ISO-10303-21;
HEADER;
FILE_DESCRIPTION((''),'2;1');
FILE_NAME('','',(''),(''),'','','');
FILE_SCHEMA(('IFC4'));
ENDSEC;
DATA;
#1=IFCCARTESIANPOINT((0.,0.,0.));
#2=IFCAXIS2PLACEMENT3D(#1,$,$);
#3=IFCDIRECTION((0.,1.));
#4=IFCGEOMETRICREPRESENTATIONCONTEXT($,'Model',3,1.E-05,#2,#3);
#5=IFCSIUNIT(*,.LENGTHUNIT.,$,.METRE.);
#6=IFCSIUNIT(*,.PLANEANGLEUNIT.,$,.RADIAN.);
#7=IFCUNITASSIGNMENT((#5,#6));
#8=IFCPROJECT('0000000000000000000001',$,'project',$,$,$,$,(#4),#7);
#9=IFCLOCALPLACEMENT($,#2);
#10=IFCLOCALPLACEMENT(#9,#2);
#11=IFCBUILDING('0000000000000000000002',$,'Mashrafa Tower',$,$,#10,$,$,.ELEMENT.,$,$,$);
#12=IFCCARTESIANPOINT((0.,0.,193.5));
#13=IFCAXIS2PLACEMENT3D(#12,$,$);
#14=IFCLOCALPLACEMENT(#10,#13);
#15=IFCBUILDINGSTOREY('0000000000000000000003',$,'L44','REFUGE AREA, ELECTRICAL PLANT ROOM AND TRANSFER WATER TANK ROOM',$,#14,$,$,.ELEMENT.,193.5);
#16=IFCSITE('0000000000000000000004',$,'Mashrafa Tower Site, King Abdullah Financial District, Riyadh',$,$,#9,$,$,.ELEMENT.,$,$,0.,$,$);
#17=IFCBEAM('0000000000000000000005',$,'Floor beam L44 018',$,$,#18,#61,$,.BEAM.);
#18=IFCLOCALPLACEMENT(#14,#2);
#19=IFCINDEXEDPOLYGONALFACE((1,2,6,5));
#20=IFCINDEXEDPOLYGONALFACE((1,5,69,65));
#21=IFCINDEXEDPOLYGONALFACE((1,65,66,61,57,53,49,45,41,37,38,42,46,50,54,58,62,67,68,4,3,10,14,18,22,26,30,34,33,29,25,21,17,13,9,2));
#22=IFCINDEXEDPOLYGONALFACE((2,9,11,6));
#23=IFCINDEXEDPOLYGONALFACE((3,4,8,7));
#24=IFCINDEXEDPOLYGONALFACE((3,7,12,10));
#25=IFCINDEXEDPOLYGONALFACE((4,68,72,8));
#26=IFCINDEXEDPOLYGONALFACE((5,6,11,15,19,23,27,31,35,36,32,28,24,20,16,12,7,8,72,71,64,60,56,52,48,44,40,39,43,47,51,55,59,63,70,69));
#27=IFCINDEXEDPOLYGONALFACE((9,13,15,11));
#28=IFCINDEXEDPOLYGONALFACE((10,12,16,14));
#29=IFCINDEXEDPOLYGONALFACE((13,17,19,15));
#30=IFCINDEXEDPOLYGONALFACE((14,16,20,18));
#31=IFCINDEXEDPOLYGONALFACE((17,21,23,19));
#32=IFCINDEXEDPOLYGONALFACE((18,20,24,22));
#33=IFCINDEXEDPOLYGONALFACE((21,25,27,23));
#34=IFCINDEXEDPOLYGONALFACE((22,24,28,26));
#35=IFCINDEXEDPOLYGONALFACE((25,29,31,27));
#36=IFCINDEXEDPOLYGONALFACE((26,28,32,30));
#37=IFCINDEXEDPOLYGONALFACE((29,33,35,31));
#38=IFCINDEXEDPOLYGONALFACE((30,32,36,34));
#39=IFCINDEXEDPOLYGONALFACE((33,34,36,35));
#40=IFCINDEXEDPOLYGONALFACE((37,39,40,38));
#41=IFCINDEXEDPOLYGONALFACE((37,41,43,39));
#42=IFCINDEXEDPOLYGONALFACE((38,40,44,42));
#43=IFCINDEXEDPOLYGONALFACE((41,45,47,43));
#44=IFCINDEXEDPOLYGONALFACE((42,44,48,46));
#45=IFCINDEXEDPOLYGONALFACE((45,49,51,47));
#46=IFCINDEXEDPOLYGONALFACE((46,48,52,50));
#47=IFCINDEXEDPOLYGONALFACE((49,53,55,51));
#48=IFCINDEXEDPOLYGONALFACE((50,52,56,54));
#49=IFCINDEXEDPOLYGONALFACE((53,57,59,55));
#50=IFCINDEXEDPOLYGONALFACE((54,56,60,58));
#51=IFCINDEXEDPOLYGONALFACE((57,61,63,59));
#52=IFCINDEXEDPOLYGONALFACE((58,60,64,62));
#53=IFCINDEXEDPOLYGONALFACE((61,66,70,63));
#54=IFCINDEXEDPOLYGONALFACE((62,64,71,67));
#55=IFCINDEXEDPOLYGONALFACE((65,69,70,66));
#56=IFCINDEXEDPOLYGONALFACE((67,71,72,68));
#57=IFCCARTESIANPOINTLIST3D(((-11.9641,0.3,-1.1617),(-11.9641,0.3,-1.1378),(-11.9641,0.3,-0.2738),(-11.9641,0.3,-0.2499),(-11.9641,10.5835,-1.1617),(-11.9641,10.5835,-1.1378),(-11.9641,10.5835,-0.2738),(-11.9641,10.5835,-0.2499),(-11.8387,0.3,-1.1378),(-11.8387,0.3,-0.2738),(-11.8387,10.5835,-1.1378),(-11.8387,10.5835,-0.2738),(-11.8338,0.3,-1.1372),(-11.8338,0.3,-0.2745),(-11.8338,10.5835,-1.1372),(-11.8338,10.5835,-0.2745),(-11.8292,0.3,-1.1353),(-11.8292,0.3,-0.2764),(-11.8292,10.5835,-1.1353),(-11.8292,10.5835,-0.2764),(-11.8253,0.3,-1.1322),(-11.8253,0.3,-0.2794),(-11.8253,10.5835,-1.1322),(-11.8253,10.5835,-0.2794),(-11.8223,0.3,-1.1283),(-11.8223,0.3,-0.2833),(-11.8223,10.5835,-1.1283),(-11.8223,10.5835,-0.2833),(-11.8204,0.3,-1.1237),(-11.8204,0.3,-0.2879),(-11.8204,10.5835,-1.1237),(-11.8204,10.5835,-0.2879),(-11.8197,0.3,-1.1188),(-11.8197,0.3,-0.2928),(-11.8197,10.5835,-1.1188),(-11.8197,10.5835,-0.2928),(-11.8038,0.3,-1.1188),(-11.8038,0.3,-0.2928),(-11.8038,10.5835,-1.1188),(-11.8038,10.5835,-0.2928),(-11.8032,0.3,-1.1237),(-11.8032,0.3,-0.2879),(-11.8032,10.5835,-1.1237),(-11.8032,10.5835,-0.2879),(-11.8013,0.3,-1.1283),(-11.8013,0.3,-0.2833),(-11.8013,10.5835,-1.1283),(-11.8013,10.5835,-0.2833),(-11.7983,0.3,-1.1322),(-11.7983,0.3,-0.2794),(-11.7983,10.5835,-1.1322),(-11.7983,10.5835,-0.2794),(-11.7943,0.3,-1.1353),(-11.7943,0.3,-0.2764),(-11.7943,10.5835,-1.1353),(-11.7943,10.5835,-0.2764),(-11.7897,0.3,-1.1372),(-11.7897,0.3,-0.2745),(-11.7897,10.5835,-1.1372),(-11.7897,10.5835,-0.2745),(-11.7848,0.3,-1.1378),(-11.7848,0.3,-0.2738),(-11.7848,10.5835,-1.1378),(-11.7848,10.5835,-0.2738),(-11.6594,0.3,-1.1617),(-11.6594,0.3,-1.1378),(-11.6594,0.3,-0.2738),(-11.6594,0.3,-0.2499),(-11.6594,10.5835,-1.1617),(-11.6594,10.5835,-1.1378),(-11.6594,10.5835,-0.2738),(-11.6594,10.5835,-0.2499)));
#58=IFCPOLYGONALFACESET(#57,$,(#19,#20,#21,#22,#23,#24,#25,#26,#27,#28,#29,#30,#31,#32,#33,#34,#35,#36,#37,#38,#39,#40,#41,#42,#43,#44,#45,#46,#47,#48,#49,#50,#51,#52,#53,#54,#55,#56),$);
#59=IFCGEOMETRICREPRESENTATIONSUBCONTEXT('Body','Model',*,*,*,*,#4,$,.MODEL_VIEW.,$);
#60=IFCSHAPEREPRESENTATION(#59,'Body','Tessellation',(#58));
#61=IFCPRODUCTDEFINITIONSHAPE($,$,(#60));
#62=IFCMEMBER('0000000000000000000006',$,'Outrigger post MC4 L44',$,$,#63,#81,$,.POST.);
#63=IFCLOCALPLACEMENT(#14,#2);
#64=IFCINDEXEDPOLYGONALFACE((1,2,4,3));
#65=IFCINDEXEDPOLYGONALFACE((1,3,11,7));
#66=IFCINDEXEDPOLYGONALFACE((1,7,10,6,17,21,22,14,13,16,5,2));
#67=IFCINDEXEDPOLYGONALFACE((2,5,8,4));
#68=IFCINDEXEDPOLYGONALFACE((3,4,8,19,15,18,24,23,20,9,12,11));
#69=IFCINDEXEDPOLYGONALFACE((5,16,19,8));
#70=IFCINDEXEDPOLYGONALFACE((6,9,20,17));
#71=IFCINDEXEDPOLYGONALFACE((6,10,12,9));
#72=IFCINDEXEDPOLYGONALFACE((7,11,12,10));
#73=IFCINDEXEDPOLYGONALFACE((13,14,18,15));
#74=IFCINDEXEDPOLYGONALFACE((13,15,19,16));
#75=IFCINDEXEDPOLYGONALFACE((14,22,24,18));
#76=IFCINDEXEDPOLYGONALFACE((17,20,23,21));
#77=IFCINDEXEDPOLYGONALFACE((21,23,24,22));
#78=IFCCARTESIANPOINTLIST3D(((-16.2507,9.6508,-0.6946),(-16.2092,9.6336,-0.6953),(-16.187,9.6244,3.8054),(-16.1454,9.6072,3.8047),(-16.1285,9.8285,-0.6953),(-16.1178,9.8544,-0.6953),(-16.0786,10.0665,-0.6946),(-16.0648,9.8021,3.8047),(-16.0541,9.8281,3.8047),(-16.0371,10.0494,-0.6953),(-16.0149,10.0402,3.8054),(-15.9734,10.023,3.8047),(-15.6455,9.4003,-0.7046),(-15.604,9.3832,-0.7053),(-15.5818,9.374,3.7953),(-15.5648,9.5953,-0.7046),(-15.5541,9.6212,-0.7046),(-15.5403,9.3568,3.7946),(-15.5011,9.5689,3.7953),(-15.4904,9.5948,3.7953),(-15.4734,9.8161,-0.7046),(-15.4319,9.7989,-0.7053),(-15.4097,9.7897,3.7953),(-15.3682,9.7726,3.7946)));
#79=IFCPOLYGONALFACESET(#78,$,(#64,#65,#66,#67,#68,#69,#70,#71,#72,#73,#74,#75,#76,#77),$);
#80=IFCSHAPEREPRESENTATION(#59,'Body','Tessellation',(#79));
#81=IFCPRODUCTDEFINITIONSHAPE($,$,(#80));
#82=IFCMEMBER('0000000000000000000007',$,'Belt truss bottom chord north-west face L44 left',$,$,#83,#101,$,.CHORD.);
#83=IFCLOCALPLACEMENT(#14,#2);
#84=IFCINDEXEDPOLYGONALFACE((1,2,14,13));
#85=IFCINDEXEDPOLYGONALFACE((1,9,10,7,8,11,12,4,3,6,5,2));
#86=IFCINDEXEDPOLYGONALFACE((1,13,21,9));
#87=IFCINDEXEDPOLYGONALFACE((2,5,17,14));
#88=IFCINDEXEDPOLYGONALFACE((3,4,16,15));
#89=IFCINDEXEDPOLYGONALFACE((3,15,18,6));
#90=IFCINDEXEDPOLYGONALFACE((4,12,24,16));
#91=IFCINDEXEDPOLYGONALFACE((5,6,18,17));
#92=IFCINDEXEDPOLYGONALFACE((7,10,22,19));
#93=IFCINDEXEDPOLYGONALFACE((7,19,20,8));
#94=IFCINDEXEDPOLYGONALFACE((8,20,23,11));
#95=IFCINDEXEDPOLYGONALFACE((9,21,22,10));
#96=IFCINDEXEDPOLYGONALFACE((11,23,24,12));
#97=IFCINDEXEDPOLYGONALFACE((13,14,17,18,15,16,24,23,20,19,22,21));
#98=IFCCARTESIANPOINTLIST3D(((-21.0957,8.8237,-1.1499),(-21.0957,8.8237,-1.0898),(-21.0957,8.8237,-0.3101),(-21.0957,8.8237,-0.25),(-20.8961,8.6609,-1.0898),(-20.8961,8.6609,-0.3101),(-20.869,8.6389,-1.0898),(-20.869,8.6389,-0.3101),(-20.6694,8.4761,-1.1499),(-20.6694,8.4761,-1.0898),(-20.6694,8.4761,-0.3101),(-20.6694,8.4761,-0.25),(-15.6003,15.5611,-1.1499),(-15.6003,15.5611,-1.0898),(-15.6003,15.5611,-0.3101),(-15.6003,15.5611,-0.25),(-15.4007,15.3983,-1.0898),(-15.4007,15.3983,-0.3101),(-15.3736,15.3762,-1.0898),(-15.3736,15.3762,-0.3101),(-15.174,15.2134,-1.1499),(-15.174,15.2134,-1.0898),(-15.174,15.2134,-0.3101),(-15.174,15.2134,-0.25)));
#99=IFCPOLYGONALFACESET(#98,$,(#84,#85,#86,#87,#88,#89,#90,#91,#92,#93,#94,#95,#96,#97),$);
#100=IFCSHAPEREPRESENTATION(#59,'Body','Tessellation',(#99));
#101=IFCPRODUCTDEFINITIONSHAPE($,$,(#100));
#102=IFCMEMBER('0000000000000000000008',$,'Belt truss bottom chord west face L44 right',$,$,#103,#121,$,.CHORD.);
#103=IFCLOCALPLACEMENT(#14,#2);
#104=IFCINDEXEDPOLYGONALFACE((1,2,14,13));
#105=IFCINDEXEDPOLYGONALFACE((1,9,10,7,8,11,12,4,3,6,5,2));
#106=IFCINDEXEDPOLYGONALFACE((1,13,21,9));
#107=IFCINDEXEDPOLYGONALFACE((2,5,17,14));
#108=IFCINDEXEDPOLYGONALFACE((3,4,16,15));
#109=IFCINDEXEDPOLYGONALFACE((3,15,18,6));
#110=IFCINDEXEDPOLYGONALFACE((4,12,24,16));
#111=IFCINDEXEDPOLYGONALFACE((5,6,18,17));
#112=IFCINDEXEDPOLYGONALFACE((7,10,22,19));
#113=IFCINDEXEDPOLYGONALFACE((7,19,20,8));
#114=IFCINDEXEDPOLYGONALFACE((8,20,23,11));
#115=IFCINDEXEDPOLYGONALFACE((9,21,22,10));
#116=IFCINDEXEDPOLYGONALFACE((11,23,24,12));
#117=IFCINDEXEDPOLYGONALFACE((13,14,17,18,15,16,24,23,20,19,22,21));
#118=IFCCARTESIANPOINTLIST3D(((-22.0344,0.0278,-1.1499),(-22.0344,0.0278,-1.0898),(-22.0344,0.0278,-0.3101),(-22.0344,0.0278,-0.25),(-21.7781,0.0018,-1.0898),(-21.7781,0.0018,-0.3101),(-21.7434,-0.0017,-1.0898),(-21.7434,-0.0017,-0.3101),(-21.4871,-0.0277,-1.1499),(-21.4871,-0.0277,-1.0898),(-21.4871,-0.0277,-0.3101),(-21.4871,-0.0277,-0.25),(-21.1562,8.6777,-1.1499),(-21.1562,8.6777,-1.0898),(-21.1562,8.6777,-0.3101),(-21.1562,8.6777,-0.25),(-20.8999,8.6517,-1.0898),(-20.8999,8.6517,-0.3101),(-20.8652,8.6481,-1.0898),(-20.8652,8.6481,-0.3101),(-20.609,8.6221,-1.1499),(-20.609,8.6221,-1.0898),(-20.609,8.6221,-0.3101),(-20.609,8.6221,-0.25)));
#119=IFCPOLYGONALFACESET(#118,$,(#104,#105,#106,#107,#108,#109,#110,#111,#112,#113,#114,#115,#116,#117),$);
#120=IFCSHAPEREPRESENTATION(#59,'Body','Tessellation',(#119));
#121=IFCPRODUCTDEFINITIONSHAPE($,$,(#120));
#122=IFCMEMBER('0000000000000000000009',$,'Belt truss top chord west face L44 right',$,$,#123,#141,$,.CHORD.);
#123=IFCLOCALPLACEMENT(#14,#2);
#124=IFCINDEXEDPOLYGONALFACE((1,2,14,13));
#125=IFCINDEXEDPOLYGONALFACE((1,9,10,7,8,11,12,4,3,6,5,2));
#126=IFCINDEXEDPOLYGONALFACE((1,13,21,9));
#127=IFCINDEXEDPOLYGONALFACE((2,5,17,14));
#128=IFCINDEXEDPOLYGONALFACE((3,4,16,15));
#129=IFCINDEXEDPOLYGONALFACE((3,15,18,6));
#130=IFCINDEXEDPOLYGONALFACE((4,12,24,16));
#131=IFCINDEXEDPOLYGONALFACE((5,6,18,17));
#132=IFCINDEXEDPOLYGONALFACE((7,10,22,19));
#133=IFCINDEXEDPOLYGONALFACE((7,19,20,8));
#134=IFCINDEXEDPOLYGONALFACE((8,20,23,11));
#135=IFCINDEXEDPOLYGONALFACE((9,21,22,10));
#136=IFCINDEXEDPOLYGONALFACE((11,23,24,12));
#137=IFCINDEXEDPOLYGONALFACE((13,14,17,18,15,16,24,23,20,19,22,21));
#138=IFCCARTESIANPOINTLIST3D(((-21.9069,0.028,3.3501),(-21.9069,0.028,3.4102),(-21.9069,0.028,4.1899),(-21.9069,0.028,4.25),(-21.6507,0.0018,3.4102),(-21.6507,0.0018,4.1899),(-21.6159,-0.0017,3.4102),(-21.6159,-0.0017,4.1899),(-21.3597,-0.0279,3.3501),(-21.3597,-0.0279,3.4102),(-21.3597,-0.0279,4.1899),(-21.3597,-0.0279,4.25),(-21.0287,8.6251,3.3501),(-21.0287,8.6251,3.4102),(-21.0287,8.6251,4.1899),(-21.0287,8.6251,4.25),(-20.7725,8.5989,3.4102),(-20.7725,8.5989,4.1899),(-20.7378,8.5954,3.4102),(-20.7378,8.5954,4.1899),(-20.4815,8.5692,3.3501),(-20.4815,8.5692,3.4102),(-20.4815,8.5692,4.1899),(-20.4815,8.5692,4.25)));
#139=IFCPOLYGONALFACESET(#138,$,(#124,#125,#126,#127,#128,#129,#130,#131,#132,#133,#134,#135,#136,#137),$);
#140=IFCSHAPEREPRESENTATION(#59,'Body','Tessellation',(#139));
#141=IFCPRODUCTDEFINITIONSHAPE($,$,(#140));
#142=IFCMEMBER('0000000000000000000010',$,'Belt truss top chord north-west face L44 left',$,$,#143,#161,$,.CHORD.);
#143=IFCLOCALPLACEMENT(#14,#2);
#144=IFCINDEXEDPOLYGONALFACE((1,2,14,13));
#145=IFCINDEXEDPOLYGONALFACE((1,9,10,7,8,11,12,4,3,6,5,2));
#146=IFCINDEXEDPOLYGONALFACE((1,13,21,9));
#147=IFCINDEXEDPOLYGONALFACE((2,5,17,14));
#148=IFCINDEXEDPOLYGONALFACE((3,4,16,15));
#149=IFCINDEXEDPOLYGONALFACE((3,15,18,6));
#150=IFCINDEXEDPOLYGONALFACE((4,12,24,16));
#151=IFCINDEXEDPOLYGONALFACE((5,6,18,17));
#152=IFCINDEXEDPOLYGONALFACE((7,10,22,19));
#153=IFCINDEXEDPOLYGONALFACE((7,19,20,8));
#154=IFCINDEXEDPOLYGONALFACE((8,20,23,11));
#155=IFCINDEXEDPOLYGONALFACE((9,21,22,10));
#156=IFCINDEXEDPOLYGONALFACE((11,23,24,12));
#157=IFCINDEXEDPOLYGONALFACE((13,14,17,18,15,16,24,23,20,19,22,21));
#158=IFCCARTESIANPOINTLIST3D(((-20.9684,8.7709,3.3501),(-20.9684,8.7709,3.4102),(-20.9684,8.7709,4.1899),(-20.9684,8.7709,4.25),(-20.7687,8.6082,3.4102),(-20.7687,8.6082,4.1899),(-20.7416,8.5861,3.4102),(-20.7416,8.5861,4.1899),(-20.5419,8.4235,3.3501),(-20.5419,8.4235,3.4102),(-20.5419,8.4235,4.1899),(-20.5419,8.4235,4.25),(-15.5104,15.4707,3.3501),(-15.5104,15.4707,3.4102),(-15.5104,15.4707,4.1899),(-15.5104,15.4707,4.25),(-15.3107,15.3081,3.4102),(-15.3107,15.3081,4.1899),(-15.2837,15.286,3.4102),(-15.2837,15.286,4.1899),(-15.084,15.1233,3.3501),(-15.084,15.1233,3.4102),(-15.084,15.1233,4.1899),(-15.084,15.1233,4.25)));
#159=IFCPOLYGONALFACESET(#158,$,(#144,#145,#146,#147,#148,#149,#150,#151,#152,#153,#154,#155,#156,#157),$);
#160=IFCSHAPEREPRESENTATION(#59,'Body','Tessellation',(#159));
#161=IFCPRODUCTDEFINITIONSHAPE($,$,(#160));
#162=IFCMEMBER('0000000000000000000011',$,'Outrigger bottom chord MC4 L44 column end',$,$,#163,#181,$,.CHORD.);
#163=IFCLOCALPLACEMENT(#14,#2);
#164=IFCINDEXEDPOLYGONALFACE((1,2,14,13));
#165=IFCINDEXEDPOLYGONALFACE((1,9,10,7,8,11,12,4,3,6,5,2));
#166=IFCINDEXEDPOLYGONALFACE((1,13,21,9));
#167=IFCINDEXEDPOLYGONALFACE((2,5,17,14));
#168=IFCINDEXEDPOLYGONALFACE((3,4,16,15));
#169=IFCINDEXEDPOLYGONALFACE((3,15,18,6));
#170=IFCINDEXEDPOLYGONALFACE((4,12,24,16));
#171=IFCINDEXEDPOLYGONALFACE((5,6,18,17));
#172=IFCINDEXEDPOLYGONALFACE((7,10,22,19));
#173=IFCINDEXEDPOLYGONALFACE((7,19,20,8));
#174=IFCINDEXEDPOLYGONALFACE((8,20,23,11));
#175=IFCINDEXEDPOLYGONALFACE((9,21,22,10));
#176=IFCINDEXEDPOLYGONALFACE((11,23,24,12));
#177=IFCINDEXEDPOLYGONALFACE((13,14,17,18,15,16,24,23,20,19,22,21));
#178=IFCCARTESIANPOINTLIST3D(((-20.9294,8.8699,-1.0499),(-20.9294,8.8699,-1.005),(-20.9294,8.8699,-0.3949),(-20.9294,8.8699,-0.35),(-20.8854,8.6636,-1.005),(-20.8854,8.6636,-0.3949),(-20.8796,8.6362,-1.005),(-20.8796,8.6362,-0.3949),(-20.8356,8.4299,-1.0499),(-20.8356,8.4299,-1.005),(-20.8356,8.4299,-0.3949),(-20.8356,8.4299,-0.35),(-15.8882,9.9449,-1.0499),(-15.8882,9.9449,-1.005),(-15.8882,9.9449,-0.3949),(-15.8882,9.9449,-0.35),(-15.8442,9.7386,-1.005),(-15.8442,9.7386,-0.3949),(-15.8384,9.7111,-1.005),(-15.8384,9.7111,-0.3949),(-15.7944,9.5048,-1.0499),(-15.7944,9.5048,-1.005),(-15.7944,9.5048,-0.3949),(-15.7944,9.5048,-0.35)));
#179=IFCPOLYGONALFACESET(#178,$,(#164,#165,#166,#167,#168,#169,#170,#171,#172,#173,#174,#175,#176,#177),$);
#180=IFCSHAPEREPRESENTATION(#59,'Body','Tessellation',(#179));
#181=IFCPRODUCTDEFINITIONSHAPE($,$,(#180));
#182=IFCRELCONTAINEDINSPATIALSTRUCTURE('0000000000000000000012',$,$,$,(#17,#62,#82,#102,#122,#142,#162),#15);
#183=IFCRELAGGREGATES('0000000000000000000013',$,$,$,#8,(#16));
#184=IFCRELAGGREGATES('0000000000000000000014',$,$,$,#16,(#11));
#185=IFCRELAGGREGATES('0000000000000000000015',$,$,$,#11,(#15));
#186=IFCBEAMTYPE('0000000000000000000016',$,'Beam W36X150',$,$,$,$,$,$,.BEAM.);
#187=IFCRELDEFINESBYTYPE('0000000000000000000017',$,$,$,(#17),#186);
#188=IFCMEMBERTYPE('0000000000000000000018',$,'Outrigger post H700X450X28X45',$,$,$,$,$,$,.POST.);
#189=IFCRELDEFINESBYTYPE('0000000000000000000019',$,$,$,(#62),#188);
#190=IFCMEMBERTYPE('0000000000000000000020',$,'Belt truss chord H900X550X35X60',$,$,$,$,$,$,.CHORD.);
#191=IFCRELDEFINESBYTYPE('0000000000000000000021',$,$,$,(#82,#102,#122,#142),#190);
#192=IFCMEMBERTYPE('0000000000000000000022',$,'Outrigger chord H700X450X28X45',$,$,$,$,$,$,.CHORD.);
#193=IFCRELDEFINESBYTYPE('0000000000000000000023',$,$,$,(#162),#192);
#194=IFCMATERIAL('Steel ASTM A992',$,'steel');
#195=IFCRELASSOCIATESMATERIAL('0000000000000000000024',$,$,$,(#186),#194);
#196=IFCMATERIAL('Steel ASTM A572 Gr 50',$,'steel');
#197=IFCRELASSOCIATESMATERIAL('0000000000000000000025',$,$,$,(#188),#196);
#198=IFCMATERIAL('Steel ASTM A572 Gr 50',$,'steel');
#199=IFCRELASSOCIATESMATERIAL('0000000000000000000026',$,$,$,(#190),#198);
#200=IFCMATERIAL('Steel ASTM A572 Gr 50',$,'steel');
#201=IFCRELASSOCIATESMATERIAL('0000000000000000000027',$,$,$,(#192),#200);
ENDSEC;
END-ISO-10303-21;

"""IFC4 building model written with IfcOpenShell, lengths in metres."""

from ifc_helpers import new_model, si_unit, direction, frame, origin, origin_2d, place, context, subcontext, project, spatial, i_section, extrude, source, transform, mapped, material, material_profile, profile_set, type_object, type_shapes, element, save


model = new_model("IFC4")

# Units and contexts
model_context = context("Model", 3, precision=1e-05, world=origin(), true_north=direction((0.0, 1.0)))
body_context = subcontext(model_context, "Body", "Model", "MODEL_VIEW")
ifc_project = project(units=[si_unit("LENGTHUNIT", "METRE"), si_unit("PLANEANGLEUNIT", "RADIAN")], contexts=[model_context])

# Site, building, storey
site_placement = place(None, origin())
site = spatial("IfcSite", under=ifc_project, at=site_placement, Name="Mashrafa Tower Site, King Abdullah Financial District, Riyadh", CompositionType="ELEMENT", RefElevation=0.0)
building_placement = place(site_placement, origin())
building = spatial("IfcBuilding", under=site, at=building_placement, Name="Mashrafa Tower", CompositionType="ELEMENT")
storey_placement = place(building_placement, frame((0.0, 0.0, 193.5)))
storey = spatial("IfcBuildingStorey", under=building, at=storey_placement, Name="L44", Description="REFUGE AREA, ELECTRICAL PLANT ROOM AND TRANSFER WATER TANK ROOM", CompositionType="ELEMENT", Elevation=193.5)

# Beam
ifc_material_1 = material(Name="Steel ASTM A992", Category="steel")
ifc_material_profile_1 = material_profile(ifc_material_1, i_section(OverallWidth=0.3047, OverallDepth=0.9119, WebThickness=0.0159, FlangeThickness=0.0239, FilletRadius=0.019, at=origin_2d()), Name="W36X150")
ifc_profile_set_1 = profile_set([ifc_material_profile_1], Name="Steel ASTM A992")
beam_type_1 = type_object("IfcBeamType", Name="Beam W36X150", PredefinedType="BEAM", material=ifc_profile_set_1)
beam_1_placement = place(storey_placement, frame((-11.8118, 0.3, -0.7058), z_axis=(0.0, 1.0, 0.0), x_axis=(-1.0, 0.0, 0.0)))
element("IfcBeam", 1, at=beam_1_placement, inside=storey, type_object=beam_type_1, Name="Floor beam L44 018", PredefinedType="BEAM", context=body_context, shape_type="SweptSolid", body=[
    extrude(i_section(OverallWidth=0.3047, OverallDepth=0.9119, WebThickness=0.0159, FlangeThickness=0.0239, FilletRadius=0.019, at=origin_2d()), origin(), (0.0, 0.0, 1.0), 10.2834),
])

# Members
ifc_material_2 = material(Name="Steel ASTM A572 Gr 50", Category="steel")
ifc_material_profile_2 = material_profile(ifc_material_2, i_section(OverallWidth=0.45, OverallDepth=0.7, WebThickness=0.0281, FlangeThickness=0.0449, at=origin_2d()), Name="H700X450X28X45")
ifc_profile_set_2 = profile_set([ifc_material_profile_2], Name="Steel ASTM A572 Gr 50")
member_type_1 = type_object("IfcMemberType", Name="Outrigger post H700X450X28X45", PredefinedType="POST", material=ifc_profile_set_2)
shared_shape_1 = source(origin(), body_context, "Body", "SweptSolid", [
    extrude(i_section(OverallWidth=0.45, OverallDepth=0.7, WebThickness=0.0281, FlangeThickness=0.0449, at=origin_2d()), origin(), (0.0, 0.0, 1.0), 4.5005),
])
type_shapes(member_type_1, [shared_shape_1])
member_1_placement = place(storey_placement, frame((-15.8413, 9.7249, -0.7), z_axis=(0.014158, -0.005859, 0.999883), x_axis=(0.382352, 0.924017, 0.0)))
element("IfcMember", 2, at=member_1_placement, inside=storey, type_object=member_type_1, Name="Outrigger post MC4 L44", PredefinedType="POST", context=body_context, shape_type="MappedRepresentation", body=[
    mapped(shared_shape_1, transform((0.0, 0.0, 0.0))),
])
ifc_material_3 = material(Name="Steel ASTM A572 Gr 50", Category="steel")
ifc_material_profile_3 = material_profile(ifc_material_3, i_section(OverallWidth=0.55, OverallDepth=0.8999, WebThickness=0.0349, FlangeThickness=0.0601, at=origin_2d()), Name="H900X550X35X60")
ifc_profile_set_3 = profile_set([ifc_material_profile_3], Name="Steel ASTM A572 Gr 50")
member_type_2 = type_object("IfcMemberType", Name="Belt truss chord H900X550X35X60", PredefinedType="CHORD", material=ifc_profile_set_3)
shared_shape_2 = source(origin(), body_context, "Body", "SweptSolid", [
    extrude(i_section(OverallWidth=0.55, OverallDepth=0.8999, WebThickness=0.0349, FlangeThickness=0.0601, at=origin_2d()), origin(), (0.0, 0.0, 1.0), 8.6943),
])
for number, where, z_axis, x_axis, name in (
    (3, (-20.8826, 8.6499, -0.7), (0.632067, 0.774914, 0.0), (-0.774914, 0.632067, 0.0), "Belt truss bottom chord north-west face L44 left"),
    (4, (-20.8826, 8.6499, -0.7), (-0.101005, -0.994886, 0.0), (0.994886, -0.101005, 0.0), "Belt truss bottom chord west face L44 right"),
):
    element("IfcMember", number, at=place(storey_placement, frame(where, z_axis=z_axis, x_axis=x_axis)), inside=storey, type_object=member_type_2, Name=name, PredefinedType="CHORD", context=body_context, shape_type="MappedRepresentation", body=[
        mapped(shared_shape_2, transform((0.0, 0.0, 0.0))),
    ])
shared_shape_3 = source(origin(), body_context, "Body", "SweptSolid", [
    extrude(i_section(OverallWidth=0.55, OverallDepth=0.8999, WebThickness=0.0349, FlangeThickness=0.0601, at=origin_2d()), origin(), (0.0, 0.0, 1.0), 8.6418),
])
member_2_placement = place(storey_placement, frame((-20.7551, 8.5972, 3.8), z_axis=(-0.101618, -0.994823, 0.0), x_axis=(0.994823, -0.101618, 0.0)))
element("IfcMember", 5, at=member_2_placement, inside=storey, type_object=member_type_2, Name="Belt truss top chord west face L44 right", PredefinedType="CHORD", context=body_context, shape_type="MappedRepresentation", body=[
    mapped(shared_shape_3, transform((0.0, 0.0, 0.0))),
])
shared_shape_4 = source(origin(), body_context, "Body", "SweptSolid", [
    extrude(i_section(OverallWidth=0.55, OverallDepth=0.8999, WebThickness=0.0349, FlangeThickness=0.0601, at=origin_2d()), origin(), (0.0, 0.0, 1.0), 8.6416),
])
type_shapes(member_type_2, [shared_shape_2, shared_shape_3, shared_shape_4])
member_3_placement = place(storey_placement, frame((-20.7551, 8.5972, 3.8), z_axis=(0.631589, 0.775304, 0.0), x_axis=(-0.775304, 0.631589, 0.0)))
element("IfcMember", 6, at=member_3_placement, inside=storey, type_object=member_type_2, Name="Belt truss top chord north-west face L44 left", PredefinedType="CHORD", context=body_context, shape_type="MappedRepresentation", body=[
    mapped(shared_shape_4, transform((0.0, 0.0, 0.0))),
])
ifc_material_4 = material(Name="Steel ASTM A572 Gr 50", Category="steel")
ifc_material_profile_4 = material_profile(ifc_material_4, i_section(OverallWidth=0.45, OverallDepth=0.7, WebThickness=0.0281, FlangeThickness=0.0449, at=origin_2d()), Name="H700X450X28X45")
ifc_profile_set_4 = profile_set([ifc_material_profile_4], Name="Steel ASTM A572 Gr 50")
member_type_3 = type_object("IfcMemberType", Name="Outrigger chord H700X450X28X45", PredefinedType="CHORD", material=ifc_profile_set_4)
shared_shape_5 = source(origin(), body_context, "Body", "SweptSolid", [
    extrude(i_section(OverallWidth=0.45, OverallDepth=0.7, WebThickness=0.0281, FlangeThickness=0.0449, at=origin_2d()), origin(), (0.0, 0.0, 1.0), 5.1545),
])
member_4_placement = place(storey_placement, frame((-15.8413, 9.7249, -0.7), z_axis=(-0.978013, -0.208542, 0.0), x_axis=(0.208542, -0.978013, 0.0)))
element("IfcMember", 7, at=member_4_placement, inside=storey, type_object=member_type_3, Name="Outrigger bottom chord MC4 L44 column end", PredefinedType="CHORD", context=body_context, shape_type="MappedRepresentation", body=[
    mapped(shared_shape_5, transform((0.0, 0.0, 0.0))),
])

save(model, "model.ifc")
